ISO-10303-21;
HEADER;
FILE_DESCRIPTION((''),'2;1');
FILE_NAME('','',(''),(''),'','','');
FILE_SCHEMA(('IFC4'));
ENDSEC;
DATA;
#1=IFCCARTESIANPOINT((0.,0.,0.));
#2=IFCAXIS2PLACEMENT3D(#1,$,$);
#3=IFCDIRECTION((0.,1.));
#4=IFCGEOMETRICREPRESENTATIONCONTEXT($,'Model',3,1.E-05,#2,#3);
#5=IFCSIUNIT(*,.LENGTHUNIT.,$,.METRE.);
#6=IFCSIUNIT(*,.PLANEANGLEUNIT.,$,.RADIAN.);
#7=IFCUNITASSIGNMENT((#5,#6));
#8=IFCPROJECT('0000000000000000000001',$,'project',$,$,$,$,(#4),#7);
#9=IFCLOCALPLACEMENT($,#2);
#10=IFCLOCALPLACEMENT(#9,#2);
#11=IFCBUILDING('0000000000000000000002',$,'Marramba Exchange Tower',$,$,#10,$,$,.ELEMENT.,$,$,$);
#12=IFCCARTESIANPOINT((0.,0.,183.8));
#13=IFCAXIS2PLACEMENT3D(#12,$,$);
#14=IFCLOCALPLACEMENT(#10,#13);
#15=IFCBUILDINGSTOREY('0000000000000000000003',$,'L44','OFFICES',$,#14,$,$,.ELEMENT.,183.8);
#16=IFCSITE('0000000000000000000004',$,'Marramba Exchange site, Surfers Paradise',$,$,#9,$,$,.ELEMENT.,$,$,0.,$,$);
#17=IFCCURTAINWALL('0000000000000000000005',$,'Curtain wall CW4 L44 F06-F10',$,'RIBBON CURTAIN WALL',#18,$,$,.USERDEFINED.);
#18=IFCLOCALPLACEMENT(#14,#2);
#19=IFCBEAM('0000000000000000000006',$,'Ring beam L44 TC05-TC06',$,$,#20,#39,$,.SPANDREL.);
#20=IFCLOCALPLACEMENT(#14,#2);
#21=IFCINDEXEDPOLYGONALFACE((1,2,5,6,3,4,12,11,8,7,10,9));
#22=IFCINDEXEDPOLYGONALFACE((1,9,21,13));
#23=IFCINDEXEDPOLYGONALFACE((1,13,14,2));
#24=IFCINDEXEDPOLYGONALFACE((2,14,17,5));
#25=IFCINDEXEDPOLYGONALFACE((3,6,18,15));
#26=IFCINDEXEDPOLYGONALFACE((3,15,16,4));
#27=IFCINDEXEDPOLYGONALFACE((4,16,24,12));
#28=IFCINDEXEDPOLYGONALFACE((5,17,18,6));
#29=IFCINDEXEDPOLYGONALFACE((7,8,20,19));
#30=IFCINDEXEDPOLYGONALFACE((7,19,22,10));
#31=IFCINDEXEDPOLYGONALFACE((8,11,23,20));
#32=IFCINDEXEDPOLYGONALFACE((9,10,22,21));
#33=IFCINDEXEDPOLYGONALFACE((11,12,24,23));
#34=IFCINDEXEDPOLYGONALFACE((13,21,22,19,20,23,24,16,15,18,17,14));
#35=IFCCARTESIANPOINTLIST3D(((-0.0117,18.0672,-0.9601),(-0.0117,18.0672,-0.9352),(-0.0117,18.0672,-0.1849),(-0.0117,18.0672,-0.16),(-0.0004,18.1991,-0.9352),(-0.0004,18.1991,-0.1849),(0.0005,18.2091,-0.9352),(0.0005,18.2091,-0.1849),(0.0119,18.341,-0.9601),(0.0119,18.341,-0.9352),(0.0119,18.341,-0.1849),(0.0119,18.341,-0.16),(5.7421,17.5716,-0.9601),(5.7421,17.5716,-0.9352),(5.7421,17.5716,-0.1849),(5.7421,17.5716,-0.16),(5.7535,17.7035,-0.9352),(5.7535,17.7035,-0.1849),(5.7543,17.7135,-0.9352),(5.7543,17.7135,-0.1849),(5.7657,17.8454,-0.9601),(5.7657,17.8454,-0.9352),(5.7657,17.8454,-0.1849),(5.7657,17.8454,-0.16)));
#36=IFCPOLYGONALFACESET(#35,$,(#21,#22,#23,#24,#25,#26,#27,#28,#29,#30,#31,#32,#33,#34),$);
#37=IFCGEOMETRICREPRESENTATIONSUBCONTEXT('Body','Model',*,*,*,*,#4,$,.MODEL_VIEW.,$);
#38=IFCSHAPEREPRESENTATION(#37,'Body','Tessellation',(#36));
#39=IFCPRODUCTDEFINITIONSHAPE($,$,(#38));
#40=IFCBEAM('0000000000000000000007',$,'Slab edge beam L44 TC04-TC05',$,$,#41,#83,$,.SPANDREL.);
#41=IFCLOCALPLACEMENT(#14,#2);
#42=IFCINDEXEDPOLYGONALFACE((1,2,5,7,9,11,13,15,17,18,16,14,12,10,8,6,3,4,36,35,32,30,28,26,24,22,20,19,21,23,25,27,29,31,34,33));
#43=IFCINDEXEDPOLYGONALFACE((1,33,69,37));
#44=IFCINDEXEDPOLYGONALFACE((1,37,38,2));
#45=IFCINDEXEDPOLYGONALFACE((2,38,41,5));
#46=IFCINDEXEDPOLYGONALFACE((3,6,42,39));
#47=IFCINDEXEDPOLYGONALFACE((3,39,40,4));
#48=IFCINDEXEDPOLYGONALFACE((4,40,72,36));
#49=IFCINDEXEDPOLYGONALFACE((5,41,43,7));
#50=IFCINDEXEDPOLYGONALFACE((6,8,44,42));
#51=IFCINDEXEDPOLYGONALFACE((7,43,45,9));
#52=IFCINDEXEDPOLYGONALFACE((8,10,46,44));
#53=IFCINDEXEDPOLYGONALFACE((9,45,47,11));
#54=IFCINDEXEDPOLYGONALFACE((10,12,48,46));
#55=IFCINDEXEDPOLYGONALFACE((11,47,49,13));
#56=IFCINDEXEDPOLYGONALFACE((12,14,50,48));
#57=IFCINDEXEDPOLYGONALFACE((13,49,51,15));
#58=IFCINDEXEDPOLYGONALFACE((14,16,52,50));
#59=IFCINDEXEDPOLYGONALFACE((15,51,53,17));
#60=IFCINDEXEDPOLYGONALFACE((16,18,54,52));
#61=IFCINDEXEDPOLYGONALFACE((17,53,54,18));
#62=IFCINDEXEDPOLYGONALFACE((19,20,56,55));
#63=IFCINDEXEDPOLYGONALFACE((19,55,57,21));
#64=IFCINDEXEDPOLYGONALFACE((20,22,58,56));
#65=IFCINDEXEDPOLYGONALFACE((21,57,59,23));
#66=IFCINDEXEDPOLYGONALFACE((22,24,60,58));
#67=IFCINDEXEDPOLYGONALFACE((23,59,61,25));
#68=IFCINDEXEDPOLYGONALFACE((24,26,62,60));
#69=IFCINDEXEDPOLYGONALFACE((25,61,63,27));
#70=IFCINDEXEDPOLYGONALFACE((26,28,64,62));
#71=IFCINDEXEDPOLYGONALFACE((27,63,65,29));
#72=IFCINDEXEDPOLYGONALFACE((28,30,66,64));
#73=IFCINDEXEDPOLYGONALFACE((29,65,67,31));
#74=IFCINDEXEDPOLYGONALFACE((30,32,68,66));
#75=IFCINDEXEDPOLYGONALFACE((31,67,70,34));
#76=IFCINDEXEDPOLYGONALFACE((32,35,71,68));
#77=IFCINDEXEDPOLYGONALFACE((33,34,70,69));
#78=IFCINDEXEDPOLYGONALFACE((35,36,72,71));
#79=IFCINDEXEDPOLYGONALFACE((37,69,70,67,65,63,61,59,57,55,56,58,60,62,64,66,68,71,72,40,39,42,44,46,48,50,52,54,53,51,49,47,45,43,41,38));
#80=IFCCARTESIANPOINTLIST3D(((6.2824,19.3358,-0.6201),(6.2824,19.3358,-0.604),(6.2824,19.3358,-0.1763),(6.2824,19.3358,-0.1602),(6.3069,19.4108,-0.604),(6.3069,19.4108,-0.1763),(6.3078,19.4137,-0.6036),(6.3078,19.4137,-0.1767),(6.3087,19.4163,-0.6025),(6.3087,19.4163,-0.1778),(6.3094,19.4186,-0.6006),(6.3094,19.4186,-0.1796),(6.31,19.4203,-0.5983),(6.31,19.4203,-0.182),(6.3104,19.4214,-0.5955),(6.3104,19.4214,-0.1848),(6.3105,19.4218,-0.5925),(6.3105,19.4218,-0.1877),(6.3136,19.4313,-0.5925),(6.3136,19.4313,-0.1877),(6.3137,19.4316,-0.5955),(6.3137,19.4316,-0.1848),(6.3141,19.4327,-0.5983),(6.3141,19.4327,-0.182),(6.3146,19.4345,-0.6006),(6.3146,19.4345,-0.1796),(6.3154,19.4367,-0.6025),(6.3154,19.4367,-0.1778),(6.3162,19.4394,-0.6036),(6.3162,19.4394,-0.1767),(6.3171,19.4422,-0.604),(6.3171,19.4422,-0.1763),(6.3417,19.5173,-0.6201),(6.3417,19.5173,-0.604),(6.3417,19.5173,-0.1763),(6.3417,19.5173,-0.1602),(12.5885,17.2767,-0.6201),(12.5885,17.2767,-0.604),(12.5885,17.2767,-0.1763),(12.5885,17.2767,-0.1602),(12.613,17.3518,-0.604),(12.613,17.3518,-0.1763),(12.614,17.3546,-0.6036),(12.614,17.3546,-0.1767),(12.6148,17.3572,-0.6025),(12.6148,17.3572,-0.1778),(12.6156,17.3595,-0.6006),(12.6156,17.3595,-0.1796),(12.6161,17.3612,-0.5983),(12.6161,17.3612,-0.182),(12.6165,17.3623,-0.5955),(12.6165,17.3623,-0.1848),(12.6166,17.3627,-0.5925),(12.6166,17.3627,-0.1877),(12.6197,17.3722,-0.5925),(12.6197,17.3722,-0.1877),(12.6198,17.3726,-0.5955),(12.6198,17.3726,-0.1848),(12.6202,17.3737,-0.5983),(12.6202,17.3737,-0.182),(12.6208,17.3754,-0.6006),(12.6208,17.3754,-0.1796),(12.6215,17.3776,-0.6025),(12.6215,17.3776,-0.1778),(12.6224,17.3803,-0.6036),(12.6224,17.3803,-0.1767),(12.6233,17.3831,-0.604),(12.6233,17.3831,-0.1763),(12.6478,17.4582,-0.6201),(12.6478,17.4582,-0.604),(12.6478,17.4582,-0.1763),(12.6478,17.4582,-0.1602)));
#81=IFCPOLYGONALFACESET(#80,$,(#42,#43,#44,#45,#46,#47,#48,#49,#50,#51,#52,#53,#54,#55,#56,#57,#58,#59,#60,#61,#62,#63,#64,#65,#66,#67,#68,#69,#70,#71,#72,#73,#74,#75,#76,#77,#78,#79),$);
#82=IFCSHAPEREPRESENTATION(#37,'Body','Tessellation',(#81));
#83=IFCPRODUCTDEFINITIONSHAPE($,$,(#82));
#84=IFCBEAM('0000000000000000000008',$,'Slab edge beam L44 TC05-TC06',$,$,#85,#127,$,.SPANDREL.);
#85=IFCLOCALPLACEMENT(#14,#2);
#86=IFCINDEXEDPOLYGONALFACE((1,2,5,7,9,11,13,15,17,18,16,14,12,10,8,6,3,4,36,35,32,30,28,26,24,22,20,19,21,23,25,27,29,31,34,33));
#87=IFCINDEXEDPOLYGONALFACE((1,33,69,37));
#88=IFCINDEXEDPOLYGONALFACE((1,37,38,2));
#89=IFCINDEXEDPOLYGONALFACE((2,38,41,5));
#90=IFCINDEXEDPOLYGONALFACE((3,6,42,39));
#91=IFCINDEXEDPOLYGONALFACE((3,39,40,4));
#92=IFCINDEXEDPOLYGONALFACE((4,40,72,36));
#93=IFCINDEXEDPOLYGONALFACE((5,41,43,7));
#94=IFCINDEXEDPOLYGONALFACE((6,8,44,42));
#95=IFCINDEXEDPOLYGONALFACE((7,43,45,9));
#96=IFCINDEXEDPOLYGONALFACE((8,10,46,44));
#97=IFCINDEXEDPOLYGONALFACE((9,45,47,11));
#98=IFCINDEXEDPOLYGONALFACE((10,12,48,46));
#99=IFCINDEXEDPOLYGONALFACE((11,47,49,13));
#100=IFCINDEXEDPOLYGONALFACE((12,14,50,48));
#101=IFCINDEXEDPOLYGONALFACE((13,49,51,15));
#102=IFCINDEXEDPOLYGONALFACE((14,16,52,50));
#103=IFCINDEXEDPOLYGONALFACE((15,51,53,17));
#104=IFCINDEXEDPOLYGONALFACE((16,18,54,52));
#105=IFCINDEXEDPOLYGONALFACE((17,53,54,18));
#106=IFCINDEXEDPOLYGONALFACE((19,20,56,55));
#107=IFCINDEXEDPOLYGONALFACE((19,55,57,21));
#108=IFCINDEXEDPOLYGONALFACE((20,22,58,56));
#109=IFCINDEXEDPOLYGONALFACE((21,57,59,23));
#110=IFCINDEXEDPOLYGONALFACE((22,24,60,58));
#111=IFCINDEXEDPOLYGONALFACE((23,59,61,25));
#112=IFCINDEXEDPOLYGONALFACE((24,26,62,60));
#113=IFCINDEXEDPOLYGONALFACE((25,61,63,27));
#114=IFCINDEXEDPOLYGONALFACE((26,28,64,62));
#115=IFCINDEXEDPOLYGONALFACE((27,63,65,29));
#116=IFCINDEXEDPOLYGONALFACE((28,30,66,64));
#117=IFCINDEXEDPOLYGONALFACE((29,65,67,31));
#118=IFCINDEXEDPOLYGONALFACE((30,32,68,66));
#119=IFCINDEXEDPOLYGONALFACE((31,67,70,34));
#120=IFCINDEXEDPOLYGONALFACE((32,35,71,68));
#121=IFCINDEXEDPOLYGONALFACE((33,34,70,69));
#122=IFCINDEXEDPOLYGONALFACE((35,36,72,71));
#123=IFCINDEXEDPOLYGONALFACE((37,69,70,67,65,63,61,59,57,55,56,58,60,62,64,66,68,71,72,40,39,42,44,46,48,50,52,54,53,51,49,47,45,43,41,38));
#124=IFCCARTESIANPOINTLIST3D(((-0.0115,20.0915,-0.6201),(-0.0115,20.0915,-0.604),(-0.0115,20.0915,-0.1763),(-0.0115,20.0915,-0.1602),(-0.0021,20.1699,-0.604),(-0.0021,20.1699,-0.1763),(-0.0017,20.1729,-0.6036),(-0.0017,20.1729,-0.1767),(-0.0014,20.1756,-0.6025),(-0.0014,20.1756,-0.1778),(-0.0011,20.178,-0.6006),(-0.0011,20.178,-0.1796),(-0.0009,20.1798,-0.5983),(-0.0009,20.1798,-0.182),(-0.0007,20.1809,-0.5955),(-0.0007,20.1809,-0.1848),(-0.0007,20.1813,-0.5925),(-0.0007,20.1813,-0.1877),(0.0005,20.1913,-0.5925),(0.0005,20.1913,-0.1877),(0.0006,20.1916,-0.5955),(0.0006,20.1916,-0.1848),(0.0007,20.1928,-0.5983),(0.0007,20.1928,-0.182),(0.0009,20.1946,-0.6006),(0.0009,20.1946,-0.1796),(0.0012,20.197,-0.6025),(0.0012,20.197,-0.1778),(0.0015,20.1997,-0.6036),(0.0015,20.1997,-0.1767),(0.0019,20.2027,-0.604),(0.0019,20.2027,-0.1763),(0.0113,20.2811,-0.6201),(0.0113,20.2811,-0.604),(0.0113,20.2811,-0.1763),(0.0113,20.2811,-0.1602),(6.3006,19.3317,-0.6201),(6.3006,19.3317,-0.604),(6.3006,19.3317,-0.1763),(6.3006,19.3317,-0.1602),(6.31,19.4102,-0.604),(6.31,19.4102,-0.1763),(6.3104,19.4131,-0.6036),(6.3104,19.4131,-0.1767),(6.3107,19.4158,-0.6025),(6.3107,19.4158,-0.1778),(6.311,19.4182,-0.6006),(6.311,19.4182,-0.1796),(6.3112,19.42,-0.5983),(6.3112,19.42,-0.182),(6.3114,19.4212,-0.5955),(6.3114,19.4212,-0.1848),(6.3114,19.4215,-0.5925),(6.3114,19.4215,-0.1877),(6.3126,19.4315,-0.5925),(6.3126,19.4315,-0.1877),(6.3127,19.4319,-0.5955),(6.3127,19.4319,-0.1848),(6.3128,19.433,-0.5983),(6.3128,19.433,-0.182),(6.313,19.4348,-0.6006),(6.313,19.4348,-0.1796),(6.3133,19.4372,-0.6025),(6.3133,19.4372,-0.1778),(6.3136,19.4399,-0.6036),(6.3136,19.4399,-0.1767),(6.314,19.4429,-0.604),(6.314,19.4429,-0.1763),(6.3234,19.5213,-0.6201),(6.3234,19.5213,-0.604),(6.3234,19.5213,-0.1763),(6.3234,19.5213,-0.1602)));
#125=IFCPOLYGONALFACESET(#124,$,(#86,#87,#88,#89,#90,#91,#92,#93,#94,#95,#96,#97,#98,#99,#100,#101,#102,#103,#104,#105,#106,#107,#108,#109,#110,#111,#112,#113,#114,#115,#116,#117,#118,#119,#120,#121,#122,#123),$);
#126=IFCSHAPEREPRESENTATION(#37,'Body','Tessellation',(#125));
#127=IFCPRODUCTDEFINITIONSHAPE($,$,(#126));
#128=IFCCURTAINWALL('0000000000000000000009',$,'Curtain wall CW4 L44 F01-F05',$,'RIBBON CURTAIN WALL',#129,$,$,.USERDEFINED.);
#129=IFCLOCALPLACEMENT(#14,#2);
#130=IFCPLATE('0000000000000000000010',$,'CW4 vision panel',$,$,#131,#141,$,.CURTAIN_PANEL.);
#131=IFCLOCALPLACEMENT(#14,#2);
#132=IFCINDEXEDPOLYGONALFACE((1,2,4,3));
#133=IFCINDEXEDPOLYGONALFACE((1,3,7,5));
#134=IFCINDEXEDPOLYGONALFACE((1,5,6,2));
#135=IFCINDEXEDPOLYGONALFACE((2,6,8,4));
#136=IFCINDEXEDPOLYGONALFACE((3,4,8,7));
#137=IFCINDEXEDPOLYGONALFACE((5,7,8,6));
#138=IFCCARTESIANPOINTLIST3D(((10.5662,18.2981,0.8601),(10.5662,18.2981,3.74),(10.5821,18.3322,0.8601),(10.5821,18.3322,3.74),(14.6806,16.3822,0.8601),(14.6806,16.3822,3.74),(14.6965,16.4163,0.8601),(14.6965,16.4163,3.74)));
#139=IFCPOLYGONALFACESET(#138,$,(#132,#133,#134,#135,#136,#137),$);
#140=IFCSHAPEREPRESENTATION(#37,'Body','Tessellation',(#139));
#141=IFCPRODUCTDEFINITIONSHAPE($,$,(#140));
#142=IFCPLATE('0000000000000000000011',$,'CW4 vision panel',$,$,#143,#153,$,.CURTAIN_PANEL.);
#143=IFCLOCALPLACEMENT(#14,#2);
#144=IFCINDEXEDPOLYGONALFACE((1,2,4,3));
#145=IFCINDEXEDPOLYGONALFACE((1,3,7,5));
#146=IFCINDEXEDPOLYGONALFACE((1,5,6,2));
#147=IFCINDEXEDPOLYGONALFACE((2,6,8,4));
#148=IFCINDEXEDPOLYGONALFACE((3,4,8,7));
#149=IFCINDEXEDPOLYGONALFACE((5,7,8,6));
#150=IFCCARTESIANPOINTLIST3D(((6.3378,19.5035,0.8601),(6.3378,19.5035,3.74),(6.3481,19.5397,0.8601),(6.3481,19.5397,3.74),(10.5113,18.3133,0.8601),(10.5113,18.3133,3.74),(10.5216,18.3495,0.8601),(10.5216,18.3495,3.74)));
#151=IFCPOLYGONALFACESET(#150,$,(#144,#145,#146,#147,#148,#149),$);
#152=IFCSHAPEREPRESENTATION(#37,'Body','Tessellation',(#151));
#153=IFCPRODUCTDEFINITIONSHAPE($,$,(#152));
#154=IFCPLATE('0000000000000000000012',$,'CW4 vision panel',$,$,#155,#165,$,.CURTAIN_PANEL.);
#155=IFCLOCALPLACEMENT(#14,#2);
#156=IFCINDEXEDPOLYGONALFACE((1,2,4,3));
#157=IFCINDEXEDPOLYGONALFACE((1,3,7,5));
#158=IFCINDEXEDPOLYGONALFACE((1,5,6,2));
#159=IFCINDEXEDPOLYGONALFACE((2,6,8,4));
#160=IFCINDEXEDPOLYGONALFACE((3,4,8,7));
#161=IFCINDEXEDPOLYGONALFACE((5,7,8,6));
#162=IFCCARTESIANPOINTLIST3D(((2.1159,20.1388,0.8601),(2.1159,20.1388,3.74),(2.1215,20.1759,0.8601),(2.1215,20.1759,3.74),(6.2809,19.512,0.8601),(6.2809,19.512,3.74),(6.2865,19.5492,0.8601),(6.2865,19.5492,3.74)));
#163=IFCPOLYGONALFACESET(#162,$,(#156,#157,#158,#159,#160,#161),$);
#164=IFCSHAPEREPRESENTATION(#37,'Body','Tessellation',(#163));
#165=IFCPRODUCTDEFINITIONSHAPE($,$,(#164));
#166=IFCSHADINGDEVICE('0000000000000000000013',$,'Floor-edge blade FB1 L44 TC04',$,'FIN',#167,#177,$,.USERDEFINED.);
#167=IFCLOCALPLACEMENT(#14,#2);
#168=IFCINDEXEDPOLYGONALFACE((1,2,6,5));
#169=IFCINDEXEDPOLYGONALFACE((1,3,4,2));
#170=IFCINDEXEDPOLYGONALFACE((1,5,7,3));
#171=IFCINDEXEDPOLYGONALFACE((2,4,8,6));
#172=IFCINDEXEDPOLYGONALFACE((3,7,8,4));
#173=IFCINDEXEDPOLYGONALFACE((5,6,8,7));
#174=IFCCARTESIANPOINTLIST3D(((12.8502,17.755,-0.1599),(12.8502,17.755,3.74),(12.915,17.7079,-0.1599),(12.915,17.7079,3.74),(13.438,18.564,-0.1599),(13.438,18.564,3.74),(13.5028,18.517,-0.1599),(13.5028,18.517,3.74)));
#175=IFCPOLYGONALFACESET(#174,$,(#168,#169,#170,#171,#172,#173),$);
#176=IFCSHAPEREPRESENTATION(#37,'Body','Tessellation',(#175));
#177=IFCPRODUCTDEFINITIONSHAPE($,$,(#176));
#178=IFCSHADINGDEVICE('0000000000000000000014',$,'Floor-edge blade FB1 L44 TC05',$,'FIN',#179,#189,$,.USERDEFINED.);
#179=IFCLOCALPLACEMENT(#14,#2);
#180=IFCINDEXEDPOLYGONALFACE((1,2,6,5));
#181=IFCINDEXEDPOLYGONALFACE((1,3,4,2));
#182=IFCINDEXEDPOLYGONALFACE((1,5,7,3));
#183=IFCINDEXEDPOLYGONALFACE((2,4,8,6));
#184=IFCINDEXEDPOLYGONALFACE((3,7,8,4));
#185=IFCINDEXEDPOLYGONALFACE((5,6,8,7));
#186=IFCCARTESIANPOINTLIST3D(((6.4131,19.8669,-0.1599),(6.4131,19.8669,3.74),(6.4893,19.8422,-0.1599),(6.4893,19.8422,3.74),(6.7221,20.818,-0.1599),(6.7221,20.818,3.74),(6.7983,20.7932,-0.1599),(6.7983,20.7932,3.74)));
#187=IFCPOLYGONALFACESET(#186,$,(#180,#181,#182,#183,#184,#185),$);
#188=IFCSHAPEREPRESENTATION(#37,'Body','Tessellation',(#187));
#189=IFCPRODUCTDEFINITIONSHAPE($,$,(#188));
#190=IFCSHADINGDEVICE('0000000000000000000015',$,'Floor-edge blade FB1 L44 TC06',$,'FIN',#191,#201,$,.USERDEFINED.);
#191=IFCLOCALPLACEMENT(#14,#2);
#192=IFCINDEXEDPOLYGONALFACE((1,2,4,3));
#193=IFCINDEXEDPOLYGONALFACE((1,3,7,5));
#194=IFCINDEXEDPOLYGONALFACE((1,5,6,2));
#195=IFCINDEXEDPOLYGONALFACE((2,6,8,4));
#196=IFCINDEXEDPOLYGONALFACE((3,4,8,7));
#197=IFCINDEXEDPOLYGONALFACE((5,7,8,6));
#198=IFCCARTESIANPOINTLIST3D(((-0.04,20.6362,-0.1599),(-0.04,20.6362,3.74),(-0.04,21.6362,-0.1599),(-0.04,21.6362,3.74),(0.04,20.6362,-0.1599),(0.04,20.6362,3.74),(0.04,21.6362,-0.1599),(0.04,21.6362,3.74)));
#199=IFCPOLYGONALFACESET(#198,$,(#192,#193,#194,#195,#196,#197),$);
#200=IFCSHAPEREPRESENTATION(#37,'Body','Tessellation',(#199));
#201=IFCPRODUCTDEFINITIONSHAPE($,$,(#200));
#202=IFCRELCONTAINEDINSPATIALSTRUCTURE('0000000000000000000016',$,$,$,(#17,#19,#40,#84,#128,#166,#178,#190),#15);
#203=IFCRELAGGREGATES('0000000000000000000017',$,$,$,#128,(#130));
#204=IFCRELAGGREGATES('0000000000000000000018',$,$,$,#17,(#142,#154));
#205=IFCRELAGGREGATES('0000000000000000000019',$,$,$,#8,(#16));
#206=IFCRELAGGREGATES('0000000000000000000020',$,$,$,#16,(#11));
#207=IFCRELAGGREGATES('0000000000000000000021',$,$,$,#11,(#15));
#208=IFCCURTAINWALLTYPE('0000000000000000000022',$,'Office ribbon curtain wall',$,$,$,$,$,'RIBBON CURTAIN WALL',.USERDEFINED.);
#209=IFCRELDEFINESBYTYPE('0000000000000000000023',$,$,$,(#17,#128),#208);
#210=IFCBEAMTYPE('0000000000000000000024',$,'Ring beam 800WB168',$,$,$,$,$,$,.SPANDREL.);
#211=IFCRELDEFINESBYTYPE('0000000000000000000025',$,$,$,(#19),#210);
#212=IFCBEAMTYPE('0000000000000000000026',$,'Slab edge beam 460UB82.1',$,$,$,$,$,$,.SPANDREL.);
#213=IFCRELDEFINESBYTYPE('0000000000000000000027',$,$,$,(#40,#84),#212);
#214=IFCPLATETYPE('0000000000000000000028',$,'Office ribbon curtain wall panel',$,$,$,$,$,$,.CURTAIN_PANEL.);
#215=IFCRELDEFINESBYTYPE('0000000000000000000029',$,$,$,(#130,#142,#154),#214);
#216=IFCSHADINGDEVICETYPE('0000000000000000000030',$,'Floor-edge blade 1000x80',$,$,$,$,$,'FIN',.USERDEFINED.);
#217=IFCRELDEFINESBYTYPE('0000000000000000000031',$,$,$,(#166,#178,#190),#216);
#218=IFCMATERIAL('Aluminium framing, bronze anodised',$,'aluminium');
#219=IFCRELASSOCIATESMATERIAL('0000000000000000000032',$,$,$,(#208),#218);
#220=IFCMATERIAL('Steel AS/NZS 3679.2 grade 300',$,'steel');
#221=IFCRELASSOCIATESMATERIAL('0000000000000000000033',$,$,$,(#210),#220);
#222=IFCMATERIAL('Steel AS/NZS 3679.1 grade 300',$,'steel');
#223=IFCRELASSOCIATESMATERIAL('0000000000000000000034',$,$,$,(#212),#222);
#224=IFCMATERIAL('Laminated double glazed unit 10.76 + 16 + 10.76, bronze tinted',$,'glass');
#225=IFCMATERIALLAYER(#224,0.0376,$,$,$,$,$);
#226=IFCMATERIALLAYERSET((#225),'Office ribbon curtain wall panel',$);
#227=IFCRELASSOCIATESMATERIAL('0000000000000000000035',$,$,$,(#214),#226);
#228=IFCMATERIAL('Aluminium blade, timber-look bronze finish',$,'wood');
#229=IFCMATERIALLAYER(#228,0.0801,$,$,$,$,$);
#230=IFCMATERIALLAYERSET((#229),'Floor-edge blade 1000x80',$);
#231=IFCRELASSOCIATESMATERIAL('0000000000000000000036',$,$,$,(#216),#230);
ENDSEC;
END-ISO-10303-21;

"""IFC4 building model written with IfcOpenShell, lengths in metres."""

from ifc_helpers import new_model, si_unit, direction, frame, origin, origin_2d, place, context, subcontext, project, spatial, rectangle, i_section, extrude, material, layer, layer_set, material_profile, profile_set, type_object, element, aggregate, save


model = new_model("IFC4")

# Units and contexts
model_context = context("Model", 3, precision=1e-05, world=origin(), true_north=direction((0.0, 1.0)))
body_context = subcontext(model_context, "Body", "Model", "MODEL_VIEW")
ifc_project = project(units=[si_unit("LENGTHUNIT", "METRE"), si_unit("PLANEANGLEUNIT", "RADIAN")], contexts=[model_context])

# Site, building, storey
site_placement = place(None, origin())
site = spatial("IfcSite", under=ifc_project, at=site_placement, Name="Marramba Exchange site, Surfers Paradise", CompositionType="ELEMENT", RefElevation=0.0)
building_placement = place(site_placement, origin())
building = spatial("IfcBuilding", under=site, at=building_placement, Name="Marramba Exchange Tower", CompositionType="ELEMENT")
storey_placement = place(building_placement, frame((0.0, 0.0, 183.8)))
storey = spatial("IfcBuildingStorey", under=building, at=storey_placement, Name="L44", Description="OFFICES", CompositionType="ELEMENT", Elevation=183.8)

# Shared definitions
ifc_material_1 = material(Name="Steel AS/NZS 3679.2 grade 300", Category="steel")

# Curtain wall
ifc_material_2 = material(Name="Aluminium framing, bronze anodised", Category="aluminium")
curtain_wall_type = type_object("IfcCurtainWallType", Name="Office ribbon curtain wall", ElementType="RIBBON CURTAIN WALL", PredefinedType="USERDEFINED", material=ifc_material_2)
curtain_wall_1_placement = place(storey_placement, origin())
curtain_wall_1 = element("IfcCurtainWall", 1, at=curtain_wall_1_placement, inside=storey, type_object=curtain_wall_type, Name="Curtain wall CW4 L44 F06-F10", ObjectType="RIBBON CURTAIN WALL", PredefinedType="USERDEFINED")

# Beams
ifc_material_profile_1 = material_profile(ifc_material_1, i_section(OverallWidth=0.2749, OverallDepth=0.8, WebThickness=0.01, FlangeThickness=0.0249, at=origin_2d()), Name="800WB168")
ifc_profile_set_1 = profile_set([ifc_material_profile_1], Name="Steel AS/NZS 3679.2 grade 300")
beam_type_1 = type_object("IfcBeamType", Name="Ring beam 800WB168", PredefinedType="SPANDREL", material=ifc_profile_set_1)
beam_1_placement = place(storey_placement, frame((5.7539, 17.7085, -0.5601), z_axis=(-0.996311, 0.085816, 0.0), x_axis=(-0.085816, -0.996311, 0.0)))
element("IfcBeam", 2, at=beam_1_placement, inside=storey, type_object=beam_type_1, Name="Ring beam L44 TC05-TC06", PredefinedType="SPANDREL", context=body_context, shape_type="SweptSolid", body=[
    extrude(i_section(OverallWidth=0.2749, OverallDepth=0.8, WebThickness=0.01, FlangeThickness=0.0249, at=origin_2d()), origin(), (0.0, 0.0, 1.0), 5.7751),
])
ifc_material_3 = material(Name="Steel AS/NZS 3679.1 grade 300", Category="steel")
ifc_material_profile_2 = material_profile(ifc_material_3, i_section(OverallWidth=0.1909, OverallDepth=0.46, WebThickness=0.01, FlangeThickness=0.0161, FilletRadius=0.0115, at=origin_2d()), Name="460UB82.1")
ifc_profile_set_2 = profile_set([ifc_material_profile_2], Name="Steel AS/NZS 3679.1 grade 300")
beam_type_2 = type_object("IfcBeamType", Name="Slab edge beam 460UB82.1", PredefinedType="SPANDREL", material=ifc_profile_set_2)
beam_2_placement = place(storey_placement, frame((12.6182, 17.3674, -0.3901), z_axis=(-0.950609, 0.310392, 0.0), x_axis=(-0.310392, -0.950609, 0.0)))
element("IfcBeam", 3, at=beam_2_placement, inside=storey, type_object=beam_type_2, Name="Slab edge beam L44 TC04-TC05", PredefinedType="SPANDREL", context=body_context, shape_type="SweptSolid", body=[
    extrude(i_section(OverallWidth=0.1909, OverallDepth=0.46, WebThickness=0.01, FlangeThickness=0.0161, FilletRadius=0.0115, at=origin_2d()), origin(), (0.0, 0.0, 1.0), 6.6338),
])
beam_3_placement = place(storey_placement, frame((6.312, 19.4265, -0.3901), z_axis=(-0.992834, 0.119506, 0.0), x_axis=(-0.119506, -0.992834, 0.0)))
element("IfcBeam", 4, at=beam_3_placement, inside=storey, type_object=beam_type_2, Name="Slab edge beam L44 TC05-TC06", PredefinedType="SPANDREL", context=body_context, shape_type="SweptSolid", body=[
    extrude(i_section(OverallWidth=0.1909, OverallDepth=0.46, WebThickness=0.01, FlangeThickness=0.0161, FilletRadius=0.0115, at=origin_2d()), origin(), (0.0, 0.0, 1.0), 6.3577),
])

# Curtain wall, plate
curtain_wall_2_placement = place(storey_placement, origin())
curtain_wall_2 = element("IfcCurtainWall", 5, at=curtain_wall_2_placement, inside=storey, type_object=curtain_wall_type, Name="Curtain wall CW4 L44 F01-F05", ObjectType="RIBBON CURTAIN WALL", PredefinedType="USERDEFINED")
ifc_material_4 = material(Name="Laminated double glazed unit 10.76 + 16 + 10.76, bronze tinted", Category="glass")
ifc_layer_1 = layer(ifc_material_4, 0.0376)
ifc_layer_set_1 = layer_set([ifc_layer_1], Name="Office ribbon curtain wall panel")
plate_type = type_object("IfcPlateType", Name="Office ribbon curtain wall panel", PredefinedType="CURTAIN_PANEL", material=ifc_layer_set_1)
plate_1_placement = place(storey_placement, frame((12.6313, 17.3572, 0.8601), z_axis=(0.0, 0.0, 1.0), x_axis=(-0.906534, 0.422133, 0.0)))
plate_1 = element("IfcPlate", 6, at=plate_1_placement, type_object=plate_type, Name="CW4 vision panel", PredefinedType="CURTAIN_PANEL", context=body_context, shape_type="SweptSolid", body=[
    extrude(rectangle(XDim=4.5386, YDim=0.0376, at=origin_2d()), origin(), (0.0, 0.0, 1.0), 2.8799),
])
aggregate(curtain_wall_2, [plate_1])

# Plates
plate_2_placement = place(storey_placement, frame((8.4297, 18.9265, 0.8601), z_axis=(0.0, 0.0, 1.0), x_axis=(-0.961659, 0.274248, 0.0)))
plate_2 = element("IfcPlate", 7, at=plate_2_placement, type_object=plate_type, Name="CW4 vision panel", PredefinedType="CURTAIN_PANEL", context=body_context, shape_type="SweptSolid", body=[
    extrude(rectangle(XDim=4.3398, YDim=0.0376, at=origin_2d()), origin(), (0.0, 0.0, 1.0), 2.8799),
])
plate_3_placement = place(storey_placement, frame((4.2012, 19.844, 0.8601), z_axis=(0.0, 0.0, 1.0), x_axis=(-0.988868, 0.148795, 0.0)))
plate_3 = element("IfcPlate", 8, at=plate_3_placement, type_object=plate_type, Name="CW4 vision panel", PredefinedType="CURTAIN_PANEL", context=body_context, shape_type="SweptSolid", body=[
    extrude(rectangle(XDim=4.2119, YDim=0.0376, at=origin_2d()), origin(), (0.0, 0.0, 1.0), 2.8799),
])
aggregate(curtain_wall_1, [plate_2, plate_3])

# Shading devices
ifc_material_5 = material(Name="Aluminium blade, timber-look bronze finish", Category="wood")
ifc_layer_2 = layer(ifc_material_5, 0.0801)
ifc_layer_set_2 = layer_set([ifc_layer_2], Name="Floor-edge blade 1000x80")
shading_device_type_1 = type_object("IfcShadingDeviceType", Name="Floor-edge blade 1000x80", ElementType="FIN", PredefinedType="USERDEFINED", material=ifc_layer_set_2)
for number, where, z_axis, x_axis, name in (
    (9, (13.1765, 18.136, -0.1599), (0.0, 0.0, 1.0), (0.587785, 0.809017, 0.0), "Floor-edge blade FB1 L44 TC04"),
    (10, (6.6057, 20.3301, -0.1599), (0.0, 0.0, 1.0), (0.309017, 0.951057, 0.0), "Floor-edge blade FB1 L44 TC05"),
    (11, (0.0, 21.1362, -0.1599), (0.0, 0.0, 1.0), (0.0, 1.0, 0.0), "Floor-edge blade FB1 L44 TC06"),
):
    element("IfcShadingDevice", number, at=place(storey_placement, frame(where, z_axis=z_axis, x_axis=x_axis)), inside=storey, type_object=shading_device_type_1, Name=name, ObjectType="FIN", PredefinedType="USERDEFINED", context=body_context, shape_type="SweptSolid", body=[
        extrude(rectangle(XDim=1.0, YDim=0.0801, at=origin_2d()), origin(), (0.0, 0.0, 1.0), 3.8999),
    ])

save(model, "model.ifc")
